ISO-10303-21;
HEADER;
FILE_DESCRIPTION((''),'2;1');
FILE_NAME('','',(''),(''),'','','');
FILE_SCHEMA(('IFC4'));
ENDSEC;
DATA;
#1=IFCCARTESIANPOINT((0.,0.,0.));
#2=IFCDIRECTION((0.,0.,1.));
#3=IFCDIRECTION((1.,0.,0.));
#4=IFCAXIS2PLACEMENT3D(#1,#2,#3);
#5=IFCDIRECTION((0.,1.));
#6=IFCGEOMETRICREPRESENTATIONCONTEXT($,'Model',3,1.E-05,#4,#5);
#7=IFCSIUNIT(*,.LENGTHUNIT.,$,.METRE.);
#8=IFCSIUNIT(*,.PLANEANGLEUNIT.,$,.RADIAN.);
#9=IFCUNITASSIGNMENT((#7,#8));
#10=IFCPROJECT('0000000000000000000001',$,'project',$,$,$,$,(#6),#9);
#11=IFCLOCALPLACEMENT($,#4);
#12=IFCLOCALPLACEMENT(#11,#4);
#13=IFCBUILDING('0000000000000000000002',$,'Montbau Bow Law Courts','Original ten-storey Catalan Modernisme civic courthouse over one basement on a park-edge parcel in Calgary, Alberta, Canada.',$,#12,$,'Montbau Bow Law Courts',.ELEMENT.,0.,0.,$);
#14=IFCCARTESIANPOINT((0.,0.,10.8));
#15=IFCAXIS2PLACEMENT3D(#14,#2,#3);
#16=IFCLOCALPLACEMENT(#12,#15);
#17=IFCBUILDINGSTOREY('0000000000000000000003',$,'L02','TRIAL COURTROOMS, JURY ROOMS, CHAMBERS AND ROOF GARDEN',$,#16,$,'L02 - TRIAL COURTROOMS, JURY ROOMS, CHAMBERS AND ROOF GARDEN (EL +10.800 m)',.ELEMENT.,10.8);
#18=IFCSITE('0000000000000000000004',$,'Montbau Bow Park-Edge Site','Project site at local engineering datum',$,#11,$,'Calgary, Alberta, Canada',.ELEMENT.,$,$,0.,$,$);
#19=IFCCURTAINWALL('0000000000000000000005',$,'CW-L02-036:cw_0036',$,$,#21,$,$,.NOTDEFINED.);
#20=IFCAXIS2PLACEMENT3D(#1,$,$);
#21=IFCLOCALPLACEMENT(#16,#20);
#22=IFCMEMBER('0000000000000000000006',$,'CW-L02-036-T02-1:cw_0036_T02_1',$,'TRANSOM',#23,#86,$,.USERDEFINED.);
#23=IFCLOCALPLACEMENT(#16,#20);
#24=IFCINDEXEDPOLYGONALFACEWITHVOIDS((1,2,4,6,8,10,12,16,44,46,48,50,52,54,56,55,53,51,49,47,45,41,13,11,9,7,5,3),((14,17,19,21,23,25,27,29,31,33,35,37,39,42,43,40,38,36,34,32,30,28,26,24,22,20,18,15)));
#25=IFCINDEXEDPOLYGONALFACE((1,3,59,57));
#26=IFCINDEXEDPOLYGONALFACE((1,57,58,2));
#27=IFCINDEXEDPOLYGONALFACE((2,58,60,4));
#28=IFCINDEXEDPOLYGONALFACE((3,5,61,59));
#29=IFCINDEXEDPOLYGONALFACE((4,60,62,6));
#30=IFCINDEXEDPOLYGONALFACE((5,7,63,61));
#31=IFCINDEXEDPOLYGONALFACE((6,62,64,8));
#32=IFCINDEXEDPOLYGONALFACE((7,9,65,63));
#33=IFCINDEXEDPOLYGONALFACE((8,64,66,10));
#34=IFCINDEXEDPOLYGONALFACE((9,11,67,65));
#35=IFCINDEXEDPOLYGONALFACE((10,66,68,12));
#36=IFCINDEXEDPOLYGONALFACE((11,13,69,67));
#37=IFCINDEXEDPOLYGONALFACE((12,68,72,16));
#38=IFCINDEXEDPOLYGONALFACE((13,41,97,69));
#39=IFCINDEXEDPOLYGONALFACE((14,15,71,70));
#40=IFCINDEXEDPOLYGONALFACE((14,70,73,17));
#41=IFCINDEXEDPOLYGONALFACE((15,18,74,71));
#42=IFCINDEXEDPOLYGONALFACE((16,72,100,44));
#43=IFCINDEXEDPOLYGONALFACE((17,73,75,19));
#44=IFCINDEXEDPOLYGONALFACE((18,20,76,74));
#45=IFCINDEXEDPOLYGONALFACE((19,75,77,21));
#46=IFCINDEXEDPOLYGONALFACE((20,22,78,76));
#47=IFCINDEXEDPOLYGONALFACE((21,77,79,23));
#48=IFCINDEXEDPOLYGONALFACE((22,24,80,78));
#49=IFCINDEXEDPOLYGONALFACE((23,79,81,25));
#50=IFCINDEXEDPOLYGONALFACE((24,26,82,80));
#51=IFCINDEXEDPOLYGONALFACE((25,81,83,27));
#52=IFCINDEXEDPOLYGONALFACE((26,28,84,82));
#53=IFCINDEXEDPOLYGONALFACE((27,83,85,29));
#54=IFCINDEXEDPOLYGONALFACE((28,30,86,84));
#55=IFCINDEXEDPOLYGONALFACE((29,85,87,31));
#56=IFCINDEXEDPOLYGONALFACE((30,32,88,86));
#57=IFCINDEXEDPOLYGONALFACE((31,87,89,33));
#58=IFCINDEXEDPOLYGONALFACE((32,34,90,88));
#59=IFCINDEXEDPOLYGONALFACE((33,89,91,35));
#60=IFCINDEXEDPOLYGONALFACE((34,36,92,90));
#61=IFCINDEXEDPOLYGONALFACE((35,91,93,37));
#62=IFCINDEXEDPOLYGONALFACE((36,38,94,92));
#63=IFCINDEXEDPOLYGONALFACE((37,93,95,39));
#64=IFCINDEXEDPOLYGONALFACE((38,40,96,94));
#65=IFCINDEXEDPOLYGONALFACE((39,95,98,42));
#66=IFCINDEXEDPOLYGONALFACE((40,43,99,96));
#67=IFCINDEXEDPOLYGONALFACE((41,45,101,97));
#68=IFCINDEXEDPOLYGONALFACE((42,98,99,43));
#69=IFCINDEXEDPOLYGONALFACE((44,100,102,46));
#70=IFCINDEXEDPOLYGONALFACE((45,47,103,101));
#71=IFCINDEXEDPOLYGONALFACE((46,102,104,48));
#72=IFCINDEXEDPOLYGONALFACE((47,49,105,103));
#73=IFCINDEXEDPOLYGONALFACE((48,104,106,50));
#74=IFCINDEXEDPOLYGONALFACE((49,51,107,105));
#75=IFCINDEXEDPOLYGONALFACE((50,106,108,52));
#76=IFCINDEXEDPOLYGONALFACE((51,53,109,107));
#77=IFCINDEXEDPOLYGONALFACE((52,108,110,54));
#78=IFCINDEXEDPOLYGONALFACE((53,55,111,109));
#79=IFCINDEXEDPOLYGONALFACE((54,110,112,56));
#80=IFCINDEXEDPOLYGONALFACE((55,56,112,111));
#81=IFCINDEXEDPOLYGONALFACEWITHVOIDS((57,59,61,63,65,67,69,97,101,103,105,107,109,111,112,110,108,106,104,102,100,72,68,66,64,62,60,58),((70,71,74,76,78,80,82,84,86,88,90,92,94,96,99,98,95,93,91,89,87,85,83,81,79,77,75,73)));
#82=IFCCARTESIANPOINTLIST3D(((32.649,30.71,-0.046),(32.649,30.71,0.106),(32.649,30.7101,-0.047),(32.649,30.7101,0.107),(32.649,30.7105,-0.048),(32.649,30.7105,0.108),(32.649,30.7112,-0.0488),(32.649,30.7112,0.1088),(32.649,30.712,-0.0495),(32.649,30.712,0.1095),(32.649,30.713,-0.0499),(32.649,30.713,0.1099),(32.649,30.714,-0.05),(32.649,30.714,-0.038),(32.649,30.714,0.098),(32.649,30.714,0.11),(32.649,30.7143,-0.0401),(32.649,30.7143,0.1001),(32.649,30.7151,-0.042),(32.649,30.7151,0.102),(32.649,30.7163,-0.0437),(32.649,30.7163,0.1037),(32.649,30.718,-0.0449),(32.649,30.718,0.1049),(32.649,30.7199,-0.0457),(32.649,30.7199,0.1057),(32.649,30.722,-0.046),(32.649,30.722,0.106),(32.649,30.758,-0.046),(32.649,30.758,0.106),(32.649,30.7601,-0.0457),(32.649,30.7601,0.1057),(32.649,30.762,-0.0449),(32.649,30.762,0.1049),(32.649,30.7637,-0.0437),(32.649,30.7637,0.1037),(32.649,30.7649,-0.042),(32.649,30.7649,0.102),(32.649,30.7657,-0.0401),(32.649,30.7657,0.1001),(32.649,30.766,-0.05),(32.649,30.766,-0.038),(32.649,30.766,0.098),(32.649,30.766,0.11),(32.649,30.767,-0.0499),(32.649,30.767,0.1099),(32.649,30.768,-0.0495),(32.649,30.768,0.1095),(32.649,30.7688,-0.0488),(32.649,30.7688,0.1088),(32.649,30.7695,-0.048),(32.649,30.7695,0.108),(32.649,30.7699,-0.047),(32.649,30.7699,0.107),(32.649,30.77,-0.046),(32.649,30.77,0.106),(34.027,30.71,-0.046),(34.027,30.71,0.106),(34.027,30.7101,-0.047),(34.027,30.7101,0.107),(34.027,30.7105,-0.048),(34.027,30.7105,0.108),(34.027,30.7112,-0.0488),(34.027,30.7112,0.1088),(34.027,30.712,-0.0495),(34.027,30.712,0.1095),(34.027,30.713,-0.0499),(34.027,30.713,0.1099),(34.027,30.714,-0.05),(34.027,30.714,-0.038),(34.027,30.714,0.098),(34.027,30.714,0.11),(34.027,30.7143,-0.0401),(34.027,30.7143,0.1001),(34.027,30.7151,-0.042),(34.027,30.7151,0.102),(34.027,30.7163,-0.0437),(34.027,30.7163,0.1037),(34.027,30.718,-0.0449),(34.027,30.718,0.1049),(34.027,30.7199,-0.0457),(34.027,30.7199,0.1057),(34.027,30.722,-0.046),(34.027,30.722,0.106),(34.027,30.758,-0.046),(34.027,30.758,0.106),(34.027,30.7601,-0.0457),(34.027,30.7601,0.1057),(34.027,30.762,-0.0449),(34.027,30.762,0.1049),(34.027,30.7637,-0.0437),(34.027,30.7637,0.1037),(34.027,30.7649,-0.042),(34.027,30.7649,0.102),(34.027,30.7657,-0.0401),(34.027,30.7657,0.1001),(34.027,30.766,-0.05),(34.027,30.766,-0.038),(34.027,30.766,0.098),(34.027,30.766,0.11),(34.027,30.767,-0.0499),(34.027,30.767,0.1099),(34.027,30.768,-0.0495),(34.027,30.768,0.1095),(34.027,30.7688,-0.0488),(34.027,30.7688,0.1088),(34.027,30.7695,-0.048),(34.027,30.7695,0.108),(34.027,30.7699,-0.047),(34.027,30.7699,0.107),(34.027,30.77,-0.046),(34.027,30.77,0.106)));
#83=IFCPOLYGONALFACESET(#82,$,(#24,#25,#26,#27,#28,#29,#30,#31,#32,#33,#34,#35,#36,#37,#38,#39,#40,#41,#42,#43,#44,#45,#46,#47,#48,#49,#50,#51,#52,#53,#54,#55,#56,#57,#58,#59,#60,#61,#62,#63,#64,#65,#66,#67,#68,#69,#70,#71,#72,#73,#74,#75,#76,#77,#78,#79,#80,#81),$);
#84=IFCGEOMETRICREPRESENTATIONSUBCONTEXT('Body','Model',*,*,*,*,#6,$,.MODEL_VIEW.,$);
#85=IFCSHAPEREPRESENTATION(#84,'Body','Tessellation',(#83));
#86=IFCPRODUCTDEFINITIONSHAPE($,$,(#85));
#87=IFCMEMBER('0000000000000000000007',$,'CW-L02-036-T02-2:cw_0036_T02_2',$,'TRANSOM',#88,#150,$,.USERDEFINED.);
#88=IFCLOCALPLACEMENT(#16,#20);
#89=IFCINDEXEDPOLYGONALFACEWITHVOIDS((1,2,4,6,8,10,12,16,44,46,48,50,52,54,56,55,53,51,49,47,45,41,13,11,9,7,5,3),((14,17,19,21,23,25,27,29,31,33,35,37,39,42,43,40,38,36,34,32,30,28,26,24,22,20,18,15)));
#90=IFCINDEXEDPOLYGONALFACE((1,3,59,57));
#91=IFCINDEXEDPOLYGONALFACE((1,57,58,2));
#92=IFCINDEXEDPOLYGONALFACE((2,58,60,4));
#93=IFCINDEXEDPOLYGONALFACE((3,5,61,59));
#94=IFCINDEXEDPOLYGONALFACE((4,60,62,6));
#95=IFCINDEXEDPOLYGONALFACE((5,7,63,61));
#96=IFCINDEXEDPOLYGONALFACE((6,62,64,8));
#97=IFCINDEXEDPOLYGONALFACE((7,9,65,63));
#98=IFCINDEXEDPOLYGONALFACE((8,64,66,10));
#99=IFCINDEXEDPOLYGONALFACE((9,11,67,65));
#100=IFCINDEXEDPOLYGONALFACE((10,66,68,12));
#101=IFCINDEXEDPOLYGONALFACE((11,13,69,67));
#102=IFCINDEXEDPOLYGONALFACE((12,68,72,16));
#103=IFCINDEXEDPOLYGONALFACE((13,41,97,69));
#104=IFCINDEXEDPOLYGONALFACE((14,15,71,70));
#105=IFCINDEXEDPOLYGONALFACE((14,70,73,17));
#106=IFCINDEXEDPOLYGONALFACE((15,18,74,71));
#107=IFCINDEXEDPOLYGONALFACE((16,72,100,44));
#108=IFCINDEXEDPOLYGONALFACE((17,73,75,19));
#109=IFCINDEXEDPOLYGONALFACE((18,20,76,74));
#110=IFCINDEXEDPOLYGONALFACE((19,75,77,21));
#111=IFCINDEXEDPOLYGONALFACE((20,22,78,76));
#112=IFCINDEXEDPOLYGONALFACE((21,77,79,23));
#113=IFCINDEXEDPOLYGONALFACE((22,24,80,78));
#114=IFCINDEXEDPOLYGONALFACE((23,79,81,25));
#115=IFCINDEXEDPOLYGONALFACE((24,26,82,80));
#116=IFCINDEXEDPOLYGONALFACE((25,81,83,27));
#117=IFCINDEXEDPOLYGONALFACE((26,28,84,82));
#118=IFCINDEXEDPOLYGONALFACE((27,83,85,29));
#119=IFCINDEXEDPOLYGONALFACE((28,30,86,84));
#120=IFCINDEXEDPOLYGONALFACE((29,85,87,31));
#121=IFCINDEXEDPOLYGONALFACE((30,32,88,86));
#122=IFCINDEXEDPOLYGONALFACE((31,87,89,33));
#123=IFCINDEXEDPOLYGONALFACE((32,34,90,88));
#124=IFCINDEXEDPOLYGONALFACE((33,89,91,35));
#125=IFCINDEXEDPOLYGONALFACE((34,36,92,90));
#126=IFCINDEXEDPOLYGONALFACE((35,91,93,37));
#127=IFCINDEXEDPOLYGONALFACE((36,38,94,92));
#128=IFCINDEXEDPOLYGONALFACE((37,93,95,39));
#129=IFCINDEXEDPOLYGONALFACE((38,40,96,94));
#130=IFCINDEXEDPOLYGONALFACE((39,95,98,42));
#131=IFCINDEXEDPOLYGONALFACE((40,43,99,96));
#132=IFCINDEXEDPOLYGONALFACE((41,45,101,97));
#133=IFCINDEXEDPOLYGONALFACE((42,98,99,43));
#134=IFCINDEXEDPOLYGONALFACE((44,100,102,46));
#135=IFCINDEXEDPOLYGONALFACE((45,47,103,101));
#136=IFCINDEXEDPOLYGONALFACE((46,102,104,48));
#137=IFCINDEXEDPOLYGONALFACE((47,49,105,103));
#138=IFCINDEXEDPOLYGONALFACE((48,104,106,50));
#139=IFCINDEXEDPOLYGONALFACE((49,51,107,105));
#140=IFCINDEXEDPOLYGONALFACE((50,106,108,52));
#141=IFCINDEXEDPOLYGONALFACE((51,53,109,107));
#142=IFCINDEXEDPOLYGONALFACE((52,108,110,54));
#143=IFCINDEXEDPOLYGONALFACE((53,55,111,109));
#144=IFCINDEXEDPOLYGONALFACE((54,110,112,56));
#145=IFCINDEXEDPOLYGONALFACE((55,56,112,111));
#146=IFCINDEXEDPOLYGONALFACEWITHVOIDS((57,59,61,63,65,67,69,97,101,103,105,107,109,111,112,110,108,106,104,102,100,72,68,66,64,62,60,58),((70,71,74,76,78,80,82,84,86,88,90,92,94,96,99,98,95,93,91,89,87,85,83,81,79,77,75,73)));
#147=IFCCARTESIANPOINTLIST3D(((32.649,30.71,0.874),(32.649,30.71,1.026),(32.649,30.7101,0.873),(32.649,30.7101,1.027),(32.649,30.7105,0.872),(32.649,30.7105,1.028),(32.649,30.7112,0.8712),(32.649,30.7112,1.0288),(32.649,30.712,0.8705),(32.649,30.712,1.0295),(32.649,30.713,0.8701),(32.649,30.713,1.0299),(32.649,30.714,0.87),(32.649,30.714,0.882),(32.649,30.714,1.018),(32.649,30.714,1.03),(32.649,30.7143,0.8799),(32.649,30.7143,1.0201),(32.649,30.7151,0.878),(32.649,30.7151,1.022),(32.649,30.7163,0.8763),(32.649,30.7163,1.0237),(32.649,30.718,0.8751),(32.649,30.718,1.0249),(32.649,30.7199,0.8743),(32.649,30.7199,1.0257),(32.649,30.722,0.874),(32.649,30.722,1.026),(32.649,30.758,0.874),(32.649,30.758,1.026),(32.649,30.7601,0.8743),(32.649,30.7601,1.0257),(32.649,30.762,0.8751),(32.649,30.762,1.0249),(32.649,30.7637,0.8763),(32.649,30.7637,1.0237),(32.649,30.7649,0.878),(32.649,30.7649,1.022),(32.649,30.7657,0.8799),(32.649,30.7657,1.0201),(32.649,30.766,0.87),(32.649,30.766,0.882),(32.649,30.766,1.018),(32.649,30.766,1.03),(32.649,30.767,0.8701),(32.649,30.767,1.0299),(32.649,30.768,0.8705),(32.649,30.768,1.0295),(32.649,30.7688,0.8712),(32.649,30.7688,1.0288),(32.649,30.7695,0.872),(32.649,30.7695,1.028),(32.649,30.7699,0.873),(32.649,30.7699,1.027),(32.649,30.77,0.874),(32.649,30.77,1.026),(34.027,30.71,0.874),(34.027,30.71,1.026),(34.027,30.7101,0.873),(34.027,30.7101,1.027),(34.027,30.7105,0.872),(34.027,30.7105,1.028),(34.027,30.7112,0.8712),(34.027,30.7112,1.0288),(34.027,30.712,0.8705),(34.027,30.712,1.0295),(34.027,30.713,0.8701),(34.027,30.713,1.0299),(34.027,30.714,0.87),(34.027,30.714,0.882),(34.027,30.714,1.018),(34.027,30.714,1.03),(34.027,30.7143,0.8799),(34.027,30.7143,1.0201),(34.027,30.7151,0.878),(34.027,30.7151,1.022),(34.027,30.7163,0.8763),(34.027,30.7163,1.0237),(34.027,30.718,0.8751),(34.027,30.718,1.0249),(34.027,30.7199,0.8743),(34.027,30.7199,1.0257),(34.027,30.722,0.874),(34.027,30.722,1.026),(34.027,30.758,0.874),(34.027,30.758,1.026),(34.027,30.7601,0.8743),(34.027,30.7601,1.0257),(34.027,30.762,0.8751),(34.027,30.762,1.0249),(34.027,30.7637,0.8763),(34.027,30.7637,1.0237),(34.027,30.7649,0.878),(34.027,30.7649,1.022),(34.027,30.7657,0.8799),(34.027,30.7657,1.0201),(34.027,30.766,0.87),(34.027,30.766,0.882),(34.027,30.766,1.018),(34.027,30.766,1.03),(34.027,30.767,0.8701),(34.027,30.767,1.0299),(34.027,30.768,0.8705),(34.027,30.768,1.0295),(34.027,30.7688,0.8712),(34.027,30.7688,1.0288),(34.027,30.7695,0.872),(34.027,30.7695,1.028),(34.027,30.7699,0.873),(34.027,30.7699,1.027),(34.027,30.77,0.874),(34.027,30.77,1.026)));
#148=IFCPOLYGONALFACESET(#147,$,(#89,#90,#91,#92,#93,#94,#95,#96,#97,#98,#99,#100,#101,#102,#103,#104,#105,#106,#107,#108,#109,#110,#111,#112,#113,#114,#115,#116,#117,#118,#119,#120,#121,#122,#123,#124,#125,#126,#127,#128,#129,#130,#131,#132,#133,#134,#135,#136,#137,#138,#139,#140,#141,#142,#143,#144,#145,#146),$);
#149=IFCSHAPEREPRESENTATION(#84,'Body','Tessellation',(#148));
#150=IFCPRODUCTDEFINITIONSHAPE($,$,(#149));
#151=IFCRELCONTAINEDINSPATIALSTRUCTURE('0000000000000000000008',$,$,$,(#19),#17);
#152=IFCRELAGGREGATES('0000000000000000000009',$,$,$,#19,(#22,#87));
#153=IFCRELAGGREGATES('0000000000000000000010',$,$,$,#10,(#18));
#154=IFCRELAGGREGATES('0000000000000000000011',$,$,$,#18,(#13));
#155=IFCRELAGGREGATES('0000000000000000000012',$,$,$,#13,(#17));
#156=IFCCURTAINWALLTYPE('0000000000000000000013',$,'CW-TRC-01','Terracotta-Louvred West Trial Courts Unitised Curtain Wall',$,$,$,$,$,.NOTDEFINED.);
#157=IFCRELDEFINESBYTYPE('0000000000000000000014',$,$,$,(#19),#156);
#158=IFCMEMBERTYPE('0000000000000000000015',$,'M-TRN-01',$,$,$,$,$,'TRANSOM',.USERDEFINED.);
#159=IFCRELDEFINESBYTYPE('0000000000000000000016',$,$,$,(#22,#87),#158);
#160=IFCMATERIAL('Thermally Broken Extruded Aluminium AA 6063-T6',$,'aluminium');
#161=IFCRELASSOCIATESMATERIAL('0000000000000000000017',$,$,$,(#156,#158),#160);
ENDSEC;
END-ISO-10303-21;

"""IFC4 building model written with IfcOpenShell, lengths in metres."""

from ifc_helpers import new_model, si_unit, direction, frame, origin_with_axes, origin_2d_with_axis, place, context, subcontext, project, spatial, hollow_rectangle, extrude, material, material_profile, profile_set, type_object, element, aggregate, save


model = new_model("IFC4")

# Units and contexts
model_context = context("Model", 3, precision=1e-05, world=origin_with_axes(), true_north=direction((0.0, 1.0)))
body_context = subcontext(model_context, "Body", "Model", "MODEL_VIEW")
ifc_project = project(units=[si_unit("LENGTHUNIT", "METRE"), si_unit("PLANEANGLEUNIT", "RADIAN")], contexts=[model_context])

# Site, building, storey
site_placement = place(None, origin_with_axes())
site = spatial("IfcSite", under=ifc_project, at=site_placement, Name="Montbau Bow Park-Edge Site", Description="Project site at local engineering datum", LongName="Calgary, Alberta, Canada", CompositionType="ELEMENT", RefElevation=0.0)
building_placement = place(site_placement, origin_with_axes())
building = spatial("IfcBuilding", under=site, at=building_placement, Name="Montbau Bow Law Courts", Description="Original ten-storey Catalan Modernisme civic courthouse over one basement on a park-edge parcel in Calgary, Alberta, Canada.", LongName="Montbau Bow Law Courts", CompositionType="ELEMENT", ElevationOfRefHeight=0.0, ElevationOfTerrain=0.0)
storey_placement = place(building_placement, frame((0.0, 0.0, 10.8), z_axis=(0.0, 0.0, 1.0), x_axis=(1.0, 0.0, 0.0)))
storey = spatial("IfcBuildingStorey", under=building, at=storey_placement, Name="L02", Description="TRIAL COURTROOMS, JURY ROOMS, CHAMBERS AND ROOF GARDEN", LongName="L02 - TRIAL COURTROOMS, JURY ROOMS, CHAMBERS AND ROOF GARDEN (EL +10.800 m)", CompositionType="ELEMENT", Elevation=10.8)

# Curtain wall
ifc_material_1 = material(Name="Thermally Broken Extruded Aluminium AA 6063-T6", Category="aluminium")
curtain_wall_type = type_object("IfcCurtainWallType", Name="CW-TRC-01", Description="Terracotta-Louvred West Trial Courts Unitised Curtain Wall", PredefinedType="NOTDEFINED", material=ifc_material_1)
curtain_wall_1_placement = place(None, frame((31.115, 30.74, 10.8), z_axis=(0.0, 0.0, 1.0), x_axis=(1.0, 0.0, 0.0)))
curtain_wall_1 = element("IfcCurtainWall", 1, at=curtain_wall_1_placement, inside=storey, type_object=curtain_wall_type, Name="CW-L02-036:cw_0036", PredefinedType="NOTDEFINED")

# Members
ifc_material_profile_1 = material_profile(ifc_material_1, hollow_rectangle(XDim=0.06, YDim=0.16, WallThickness=0.004, InnerFilletRadius=0.008, OuterFilletRadius=0.004, at=origin_2d_with_axis()), Name="CWT-160X60", Category="Main", Priority=0)
ifc_profile_set_1 = profile_set([ifc_material_profile_1], Name="Thermally Broken Extruded Aluminium AA 6063-T6")
member_type_1 = type_object("IfcMemberType", Name="M-TRN-01", ElementType="TRANSOM", PredefinedType="USERDEFINED", material=ifc_profile_set_1)
member_1_placement = place(None, frame((32.649, 30.74, 10.83), z_axis=(1.0, 0.0, 0.0), x_axis=(0.0, 1.0, 0.0)))
member_1 = element("IfcMember", 2, at=member_1_placement, type_object=member_type_1, Name="CW-L02-036-T02-1:cw_0036_T02_1", ObjectType="TRANSOM", PredefinedType="USERDEFINED", context=body_context, shape_type="SweptSolid", body=[
    extrude(hollow_rectangle(XDim=0.06, YDim=0.16, WallThickness=0.004, InnerFilletRadius=0.008, OuterFilletRadius=0.004, at=origin_2d_with_axis()), origin_with_axes(), (0.0, 0.0, 1.0), 1.378),
])
member_2_placement = place(None, frame((32.649, 30.74, 11.75), z_axis=(1.0, 0.0, 0.0), x_axis=(0.0, 1.0, 0.0)))
member_2 = element("IfcMember", 3, at=member_2_placement, type_object=member_type_1, Name="CW-L02-036-T02-2:cw_0036_T02_2", ObjectType="TRANSOM", PredefinedType="USERDEFINED", context=body_context, shape_type="SweptSolid", body=[
    extrude(hollow_rectangle(XDim=0.06, YDim=0.16, WallThickness=0.004, InnerFilletRadius=0.008, OuterFilletRadius=0.004, at=origin_2d_with_axis()), origin_with_axes(), (0.0, 0.0, 1.0), 1.378),
])

aggregate(curtain_wall_1, [member_1, member_2])

save(model, "model.ifc")
